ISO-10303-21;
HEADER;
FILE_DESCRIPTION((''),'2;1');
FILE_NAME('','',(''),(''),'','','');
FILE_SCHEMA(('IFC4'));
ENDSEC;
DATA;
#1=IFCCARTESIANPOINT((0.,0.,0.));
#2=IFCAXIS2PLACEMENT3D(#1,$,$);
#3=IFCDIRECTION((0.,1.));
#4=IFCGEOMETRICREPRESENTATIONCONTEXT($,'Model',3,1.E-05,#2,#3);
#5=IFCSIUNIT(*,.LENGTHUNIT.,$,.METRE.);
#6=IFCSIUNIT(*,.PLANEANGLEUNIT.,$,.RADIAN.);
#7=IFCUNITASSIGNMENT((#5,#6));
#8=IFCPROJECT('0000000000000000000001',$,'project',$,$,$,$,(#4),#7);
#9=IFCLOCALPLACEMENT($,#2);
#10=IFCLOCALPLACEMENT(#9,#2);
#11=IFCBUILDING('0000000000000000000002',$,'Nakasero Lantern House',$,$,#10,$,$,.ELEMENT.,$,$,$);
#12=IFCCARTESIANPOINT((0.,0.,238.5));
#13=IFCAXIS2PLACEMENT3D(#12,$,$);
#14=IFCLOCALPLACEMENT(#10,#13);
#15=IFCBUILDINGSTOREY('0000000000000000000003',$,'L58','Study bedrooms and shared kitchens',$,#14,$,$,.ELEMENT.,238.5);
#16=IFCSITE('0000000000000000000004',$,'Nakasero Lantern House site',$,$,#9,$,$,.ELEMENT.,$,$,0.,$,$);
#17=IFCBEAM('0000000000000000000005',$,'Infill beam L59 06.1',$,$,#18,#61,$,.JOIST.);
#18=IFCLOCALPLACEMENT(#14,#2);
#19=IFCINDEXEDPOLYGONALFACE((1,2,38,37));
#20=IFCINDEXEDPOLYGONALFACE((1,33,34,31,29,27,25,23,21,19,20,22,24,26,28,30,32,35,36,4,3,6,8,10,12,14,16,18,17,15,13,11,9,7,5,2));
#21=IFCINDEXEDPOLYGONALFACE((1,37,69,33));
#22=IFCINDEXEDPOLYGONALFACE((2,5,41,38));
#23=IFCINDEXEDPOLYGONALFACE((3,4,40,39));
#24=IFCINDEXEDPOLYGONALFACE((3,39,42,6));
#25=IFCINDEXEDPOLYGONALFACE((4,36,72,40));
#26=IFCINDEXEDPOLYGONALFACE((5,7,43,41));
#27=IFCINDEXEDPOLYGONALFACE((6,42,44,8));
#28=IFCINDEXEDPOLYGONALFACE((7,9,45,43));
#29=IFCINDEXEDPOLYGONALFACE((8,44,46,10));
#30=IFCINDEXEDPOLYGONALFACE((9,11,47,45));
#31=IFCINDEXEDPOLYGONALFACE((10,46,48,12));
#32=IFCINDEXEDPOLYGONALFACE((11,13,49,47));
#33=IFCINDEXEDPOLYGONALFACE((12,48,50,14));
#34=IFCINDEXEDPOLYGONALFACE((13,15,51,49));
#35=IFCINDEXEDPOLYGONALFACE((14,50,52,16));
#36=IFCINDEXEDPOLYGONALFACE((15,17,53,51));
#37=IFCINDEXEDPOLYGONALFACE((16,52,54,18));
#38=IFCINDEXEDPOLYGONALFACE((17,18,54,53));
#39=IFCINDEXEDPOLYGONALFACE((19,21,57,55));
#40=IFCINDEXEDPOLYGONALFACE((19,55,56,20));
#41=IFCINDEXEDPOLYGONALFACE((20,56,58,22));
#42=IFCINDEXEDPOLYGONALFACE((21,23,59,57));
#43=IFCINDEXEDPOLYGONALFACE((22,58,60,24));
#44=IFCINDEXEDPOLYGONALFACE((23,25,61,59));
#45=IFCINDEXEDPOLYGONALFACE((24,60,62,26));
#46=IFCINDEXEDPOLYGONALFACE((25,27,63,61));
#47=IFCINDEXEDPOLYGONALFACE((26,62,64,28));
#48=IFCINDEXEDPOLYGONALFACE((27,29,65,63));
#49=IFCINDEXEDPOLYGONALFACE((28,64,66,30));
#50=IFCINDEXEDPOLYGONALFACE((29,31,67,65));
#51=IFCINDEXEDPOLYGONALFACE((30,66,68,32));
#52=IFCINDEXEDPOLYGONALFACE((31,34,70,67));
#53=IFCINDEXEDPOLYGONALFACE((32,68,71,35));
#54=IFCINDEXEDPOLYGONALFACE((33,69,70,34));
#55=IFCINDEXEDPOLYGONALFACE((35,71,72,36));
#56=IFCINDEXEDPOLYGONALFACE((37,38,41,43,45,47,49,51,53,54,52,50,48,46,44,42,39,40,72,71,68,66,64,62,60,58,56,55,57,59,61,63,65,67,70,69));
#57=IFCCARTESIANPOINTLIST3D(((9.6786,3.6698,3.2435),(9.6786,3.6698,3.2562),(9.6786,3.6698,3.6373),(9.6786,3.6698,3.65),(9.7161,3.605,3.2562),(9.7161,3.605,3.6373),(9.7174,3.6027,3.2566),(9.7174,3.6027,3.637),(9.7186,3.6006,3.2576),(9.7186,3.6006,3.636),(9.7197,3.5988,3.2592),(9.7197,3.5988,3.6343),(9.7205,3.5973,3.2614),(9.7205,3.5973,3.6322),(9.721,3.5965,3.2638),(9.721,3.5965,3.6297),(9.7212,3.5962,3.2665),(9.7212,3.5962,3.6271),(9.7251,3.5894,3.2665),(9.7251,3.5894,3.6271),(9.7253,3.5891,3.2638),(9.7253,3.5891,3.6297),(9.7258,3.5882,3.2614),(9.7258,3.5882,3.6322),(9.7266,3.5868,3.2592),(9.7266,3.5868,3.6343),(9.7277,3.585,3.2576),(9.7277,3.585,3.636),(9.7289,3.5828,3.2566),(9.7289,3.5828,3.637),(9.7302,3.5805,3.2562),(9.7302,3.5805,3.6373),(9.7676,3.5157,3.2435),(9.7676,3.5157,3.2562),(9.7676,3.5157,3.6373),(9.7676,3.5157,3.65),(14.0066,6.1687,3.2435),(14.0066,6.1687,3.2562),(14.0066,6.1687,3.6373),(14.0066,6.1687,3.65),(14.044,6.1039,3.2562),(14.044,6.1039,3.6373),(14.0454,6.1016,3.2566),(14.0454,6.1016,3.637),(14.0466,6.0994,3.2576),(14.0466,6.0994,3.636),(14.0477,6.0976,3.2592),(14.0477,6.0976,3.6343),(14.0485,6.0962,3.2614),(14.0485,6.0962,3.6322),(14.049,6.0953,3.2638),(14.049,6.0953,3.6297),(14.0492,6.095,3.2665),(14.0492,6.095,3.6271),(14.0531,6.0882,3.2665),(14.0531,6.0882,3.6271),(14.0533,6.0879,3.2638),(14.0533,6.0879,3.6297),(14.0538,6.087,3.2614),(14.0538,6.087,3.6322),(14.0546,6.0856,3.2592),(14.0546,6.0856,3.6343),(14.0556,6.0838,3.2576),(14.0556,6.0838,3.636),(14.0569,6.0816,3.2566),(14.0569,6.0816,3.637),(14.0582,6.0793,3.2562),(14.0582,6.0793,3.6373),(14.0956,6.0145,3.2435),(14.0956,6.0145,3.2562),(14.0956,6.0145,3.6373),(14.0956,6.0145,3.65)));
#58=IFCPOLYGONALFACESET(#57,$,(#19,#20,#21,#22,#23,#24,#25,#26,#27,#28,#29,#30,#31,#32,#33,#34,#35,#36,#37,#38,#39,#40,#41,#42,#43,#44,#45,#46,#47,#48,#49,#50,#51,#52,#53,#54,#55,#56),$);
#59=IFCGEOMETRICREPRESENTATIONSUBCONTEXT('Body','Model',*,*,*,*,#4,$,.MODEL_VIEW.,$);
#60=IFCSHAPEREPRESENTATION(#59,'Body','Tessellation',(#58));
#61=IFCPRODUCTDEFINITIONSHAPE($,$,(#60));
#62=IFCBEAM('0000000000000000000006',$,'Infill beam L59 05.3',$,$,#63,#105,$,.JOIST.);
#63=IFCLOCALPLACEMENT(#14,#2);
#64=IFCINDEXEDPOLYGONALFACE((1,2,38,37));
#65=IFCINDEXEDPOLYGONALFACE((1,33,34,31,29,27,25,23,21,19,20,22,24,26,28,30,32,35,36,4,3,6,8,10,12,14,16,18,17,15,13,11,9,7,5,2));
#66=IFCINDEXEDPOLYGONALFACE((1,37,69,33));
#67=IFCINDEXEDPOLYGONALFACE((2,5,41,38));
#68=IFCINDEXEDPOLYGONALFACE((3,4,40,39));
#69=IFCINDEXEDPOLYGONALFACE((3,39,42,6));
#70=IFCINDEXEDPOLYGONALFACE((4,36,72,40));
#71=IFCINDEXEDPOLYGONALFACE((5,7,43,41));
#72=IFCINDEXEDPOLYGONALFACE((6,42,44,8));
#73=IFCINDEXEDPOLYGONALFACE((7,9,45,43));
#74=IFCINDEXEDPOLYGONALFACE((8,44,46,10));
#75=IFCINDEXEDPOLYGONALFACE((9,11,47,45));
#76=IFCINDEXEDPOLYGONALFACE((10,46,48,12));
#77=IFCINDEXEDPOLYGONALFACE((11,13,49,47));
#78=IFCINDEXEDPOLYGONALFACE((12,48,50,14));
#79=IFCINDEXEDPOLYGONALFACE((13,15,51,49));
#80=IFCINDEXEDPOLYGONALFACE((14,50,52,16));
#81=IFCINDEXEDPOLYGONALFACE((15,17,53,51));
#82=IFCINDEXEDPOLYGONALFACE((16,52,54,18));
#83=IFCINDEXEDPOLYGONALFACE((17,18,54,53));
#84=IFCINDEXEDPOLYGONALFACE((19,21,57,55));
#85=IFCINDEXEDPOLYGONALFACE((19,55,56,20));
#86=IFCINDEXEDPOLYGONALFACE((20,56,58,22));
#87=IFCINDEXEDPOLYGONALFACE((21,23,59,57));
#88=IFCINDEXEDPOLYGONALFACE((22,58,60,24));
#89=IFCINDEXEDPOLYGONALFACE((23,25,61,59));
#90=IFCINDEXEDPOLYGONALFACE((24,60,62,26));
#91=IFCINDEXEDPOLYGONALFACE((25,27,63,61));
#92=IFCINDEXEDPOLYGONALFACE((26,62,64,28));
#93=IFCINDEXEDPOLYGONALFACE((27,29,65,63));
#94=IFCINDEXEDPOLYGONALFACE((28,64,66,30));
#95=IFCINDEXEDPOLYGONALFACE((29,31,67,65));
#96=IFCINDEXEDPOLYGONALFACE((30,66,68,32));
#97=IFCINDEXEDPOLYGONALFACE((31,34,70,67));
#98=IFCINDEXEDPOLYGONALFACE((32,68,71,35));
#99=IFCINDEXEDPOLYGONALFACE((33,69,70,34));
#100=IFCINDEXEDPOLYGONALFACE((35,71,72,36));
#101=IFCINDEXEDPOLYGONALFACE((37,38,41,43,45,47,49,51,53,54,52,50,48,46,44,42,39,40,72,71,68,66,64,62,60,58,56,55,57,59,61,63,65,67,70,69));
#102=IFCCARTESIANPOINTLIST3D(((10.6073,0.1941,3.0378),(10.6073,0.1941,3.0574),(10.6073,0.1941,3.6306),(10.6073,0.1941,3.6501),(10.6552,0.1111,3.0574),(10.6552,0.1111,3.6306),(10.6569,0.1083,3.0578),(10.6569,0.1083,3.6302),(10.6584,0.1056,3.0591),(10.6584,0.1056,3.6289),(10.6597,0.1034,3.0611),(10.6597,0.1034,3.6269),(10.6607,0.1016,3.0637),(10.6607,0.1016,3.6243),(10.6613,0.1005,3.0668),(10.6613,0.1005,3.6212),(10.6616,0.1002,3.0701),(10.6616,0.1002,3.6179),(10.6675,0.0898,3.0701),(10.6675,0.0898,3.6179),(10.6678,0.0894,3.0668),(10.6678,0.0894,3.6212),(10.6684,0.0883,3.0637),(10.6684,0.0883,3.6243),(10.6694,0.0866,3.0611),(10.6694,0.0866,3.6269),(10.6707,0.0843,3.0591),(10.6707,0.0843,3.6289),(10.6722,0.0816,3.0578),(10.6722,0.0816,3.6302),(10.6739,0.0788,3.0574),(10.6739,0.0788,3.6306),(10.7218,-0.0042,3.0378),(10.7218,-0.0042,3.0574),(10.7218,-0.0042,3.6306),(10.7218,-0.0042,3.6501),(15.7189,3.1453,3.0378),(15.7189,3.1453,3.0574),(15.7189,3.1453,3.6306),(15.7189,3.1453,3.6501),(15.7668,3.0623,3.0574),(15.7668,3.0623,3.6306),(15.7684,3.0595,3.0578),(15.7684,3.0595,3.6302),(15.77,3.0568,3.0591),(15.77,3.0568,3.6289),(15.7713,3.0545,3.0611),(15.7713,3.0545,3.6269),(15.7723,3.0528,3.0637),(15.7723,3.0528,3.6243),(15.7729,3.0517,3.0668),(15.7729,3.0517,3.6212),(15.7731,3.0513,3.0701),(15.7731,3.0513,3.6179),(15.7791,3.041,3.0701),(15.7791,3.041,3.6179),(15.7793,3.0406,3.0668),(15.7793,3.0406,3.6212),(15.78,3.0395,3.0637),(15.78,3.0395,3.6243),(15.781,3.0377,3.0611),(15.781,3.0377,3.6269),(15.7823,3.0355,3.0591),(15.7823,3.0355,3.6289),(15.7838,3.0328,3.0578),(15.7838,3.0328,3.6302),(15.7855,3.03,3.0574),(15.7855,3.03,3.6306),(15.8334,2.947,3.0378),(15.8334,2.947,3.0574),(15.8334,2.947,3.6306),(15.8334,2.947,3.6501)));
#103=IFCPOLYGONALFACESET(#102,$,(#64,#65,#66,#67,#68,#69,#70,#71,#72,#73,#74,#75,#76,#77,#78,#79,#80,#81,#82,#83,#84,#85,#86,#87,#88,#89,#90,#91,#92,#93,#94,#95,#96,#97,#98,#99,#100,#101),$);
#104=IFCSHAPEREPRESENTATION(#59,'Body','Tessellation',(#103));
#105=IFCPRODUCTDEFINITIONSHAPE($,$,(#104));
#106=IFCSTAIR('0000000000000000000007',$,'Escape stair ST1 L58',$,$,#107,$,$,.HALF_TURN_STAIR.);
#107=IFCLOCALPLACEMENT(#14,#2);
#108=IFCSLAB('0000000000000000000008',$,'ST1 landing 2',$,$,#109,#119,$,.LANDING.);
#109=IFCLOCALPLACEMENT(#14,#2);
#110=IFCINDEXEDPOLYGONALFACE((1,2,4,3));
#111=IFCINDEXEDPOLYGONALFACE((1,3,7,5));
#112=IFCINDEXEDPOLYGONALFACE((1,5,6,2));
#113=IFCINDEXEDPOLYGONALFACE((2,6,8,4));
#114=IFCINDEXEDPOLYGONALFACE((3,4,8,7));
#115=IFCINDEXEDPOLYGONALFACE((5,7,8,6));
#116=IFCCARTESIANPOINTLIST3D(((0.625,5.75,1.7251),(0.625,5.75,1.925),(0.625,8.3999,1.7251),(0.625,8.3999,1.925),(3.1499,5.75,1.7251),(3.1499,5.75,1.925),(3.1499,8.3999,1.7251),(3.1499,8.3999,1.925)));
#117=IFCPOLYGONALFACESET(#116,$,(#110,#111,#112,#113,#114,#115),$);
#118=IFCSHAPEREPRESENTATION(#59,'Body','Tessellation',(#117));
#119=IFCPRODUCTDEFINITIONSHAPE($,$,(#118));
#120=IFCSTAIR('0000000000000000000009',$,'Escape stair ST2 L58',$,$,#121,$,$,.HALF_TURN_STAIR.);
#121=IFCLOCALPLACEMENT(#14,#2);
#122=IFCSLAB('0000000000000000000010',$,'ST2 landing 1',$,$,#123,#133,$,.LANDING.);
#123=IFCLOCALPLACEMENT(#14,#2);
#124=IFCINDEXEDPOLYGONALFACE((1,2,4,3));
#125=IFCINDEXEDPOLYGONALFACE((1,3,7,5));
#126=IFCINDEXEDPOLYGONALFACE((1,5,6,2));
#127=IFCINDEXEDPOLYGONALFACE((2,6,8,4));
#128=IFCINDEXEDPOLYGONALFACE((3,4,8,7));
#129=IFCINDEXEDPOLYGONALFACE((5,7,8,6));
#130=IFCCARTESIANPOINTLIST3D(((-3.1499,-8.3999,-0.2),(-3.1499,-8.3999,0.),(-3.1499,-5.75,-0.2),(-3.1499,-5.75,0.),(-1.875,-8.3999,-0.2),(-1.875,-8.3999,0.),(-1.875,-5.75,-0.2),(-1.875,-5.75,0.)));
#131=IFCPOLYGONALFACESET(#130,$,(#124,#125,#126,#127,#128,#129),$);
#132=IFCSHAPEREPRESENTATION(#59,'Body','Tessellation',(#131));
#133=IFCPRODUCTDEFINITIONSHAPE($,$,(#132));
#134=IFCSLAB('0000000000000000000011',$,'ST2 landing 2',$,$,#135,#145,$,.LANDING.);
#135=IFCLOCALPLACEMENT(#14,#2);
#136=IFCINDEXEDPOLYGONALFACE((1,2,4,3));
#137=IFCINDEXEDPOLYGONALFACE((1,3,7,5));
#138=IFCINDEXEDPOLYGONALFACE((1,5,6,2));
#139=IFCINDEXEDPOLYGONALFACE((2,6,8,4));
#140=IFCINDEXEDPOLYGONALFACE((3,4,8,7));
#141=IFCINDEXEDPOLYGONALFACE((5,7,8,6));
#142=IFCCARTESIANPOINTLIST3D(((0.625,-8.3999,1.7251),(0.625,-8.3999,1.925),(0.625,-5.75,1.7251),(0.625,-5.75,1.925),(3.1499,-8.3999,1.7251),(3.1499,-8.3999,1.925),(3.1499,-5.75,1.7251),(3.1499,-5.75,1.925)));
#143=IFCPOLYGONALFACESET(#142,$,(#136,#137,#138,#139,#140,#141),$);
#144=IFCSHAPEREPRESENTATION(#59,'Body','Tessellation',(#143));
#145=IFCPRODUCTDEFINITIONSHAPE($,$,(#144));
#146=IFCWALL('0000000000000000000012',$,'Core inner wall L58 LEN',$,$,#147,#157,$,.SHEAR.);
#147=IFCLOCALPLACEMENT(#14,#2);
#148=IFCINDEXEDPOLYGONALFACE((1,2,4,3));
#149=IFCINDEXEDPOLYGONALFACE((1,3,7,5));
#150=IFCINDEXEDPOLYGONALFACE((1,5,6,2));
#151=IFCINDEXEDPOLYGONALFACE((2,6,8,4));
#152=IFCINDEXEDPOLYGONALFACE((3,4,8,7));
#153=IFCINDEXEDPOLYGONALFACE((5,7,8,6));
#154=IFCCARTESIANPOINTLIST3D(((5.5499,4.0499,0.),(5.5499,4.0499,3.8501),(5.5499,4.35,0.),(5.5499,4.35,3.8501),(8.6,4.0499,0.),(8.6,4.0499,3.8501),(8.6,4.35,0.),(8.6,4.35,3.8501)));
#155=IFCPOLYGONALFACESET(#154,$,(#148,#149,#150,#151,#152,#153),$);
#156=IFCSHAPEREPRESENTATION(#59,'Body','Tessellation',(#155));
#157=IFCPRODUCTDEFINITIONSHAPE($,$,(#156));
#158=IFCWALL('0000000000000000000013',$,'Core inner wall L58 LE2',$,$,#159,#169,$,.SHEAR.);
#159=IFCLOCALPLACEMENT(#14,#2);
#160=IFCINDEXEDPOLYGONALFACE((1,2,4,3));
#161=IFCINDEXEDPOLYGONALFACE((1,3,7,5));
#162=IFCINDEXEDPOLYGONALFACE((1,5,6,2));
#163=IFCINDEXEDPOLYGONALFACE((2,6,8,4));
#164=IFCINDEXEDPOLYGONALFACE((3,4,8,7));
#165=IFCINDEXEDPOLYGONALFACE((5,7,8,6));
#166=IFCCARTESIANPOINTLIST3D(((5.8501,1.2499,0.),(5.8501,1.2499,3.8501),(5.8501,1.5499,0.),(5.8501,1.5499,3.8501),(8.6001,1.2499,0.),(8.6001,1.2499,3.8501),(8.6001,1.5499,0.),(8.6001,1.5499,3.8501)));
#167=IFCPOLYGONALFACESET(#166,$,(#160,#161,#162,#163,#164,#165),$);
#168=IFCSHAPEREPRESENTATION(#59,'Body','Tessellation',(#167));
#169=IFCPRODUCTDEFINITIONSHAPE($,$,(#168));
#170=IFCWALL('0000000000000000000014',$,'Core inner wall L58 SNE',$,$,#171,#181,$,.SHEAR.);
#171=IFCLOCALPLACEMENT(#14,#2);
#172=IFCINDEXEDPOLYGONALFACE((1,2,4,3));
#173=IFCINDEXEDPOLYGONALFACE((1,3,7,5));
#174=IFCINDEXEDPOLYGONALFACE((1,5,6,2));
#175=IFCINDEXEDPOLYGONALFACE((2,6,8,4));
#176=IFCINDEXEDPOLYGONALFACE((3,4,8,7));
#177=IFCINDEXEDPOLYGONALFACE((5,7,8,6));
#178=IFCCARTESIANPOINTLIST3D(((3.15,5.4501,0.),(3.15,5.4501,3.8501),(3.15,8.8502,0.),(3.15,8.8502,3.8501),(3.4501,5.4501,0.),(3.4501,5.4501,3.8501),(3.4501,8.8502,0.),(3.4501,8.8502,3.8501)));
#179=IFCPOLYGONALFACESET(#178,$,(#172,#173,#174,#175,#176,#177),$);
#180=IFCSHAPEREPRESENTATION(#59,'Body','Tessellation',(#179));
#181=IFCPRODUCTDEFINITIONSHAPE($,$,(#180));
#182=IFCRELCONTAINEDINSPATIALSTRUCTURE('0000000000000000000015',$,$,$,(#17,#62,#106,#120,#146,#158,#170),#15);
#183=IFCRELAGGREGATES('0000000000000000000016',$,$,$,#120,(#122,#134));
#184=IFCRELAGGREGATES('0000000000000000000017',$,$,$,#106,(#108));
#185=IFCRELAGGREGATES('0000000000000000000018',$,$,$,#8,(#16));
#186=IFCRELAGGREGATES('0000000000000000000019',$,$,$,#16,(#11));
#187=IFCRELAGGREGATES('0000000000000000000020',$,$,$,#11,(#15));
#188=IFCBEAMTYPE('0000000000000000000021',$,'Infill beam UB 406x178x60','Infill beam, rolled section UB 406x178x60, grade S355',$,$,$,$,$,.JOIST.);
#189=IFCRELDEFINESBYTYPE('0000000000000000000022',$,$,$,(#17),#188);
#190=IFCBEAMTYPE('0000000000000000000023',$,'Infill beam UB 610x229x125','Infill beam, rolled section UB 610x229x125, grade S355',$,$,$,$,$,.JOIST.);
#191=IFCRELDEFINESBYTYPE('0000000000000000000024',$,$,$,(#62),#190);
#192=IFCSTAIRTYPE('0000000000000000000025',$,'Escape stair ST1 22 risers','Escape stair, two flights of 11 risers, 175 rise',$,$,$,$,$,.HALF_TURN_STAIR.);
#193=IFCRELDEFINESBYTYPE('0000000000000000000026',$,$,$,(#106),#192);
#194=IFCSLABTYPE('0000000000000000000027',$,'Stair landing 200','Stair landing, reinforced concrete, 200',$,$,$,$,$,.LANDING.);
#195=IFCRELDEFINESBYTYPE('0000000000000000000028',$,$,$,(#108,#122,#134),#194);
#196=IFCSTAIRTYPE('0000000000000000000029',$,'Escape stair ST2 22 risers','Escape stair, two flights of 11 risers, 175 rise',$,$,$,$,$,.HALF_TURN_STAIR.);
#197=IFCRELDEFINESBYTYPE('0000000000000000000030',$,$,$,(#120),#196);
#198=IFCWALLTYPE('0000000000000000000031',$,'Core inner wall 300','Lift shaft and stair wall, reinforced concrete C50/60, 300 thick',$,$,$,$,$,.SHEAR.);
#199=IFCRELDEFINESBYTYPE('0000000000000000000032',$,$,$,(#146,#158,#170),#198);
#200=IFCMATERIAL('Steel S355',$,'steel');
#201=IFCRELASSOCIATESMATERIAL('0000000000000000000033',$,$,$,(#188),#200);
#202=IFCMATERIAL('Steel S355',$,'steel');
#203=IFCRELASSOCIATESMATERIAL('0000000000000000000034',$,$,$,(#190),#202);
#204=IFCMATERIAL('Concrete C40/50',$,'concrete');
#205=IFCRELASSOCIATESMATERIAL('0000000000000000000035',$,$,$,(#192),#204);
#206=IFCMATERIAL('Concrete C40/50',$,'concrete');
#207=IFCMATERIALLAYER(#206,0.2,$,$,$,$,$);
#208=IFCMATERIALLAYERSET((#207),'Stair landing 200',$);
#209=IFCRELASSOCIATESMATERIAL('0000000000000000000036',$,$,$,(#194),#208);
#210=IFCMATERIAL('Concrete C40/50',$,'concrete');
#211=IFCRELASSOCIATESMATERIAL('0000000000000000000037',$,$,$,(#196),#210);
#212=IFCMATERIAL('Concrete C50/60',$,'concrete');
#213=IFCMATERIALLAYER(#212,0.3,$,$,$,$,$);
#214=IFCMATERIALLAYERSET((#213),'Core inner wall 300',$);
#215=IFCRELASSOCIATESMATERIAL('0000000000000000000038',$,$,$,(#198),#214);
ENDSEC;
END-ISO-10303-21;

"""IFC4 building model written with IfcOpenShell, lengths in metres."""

from ifc_helpers import new_model, si_unit, direction, frame, frame_2d, origin, origin_2d, place, context, subcontext, project, spatial, polyline, rectangle, i_section, outline, extrude, material, layer, layer_set, material_profile, profile_set, type_object, element, aggregate, save


model = new_model("IFC4")

# Units and contexts
model_context = context("Model", 3, precision=1e-05, world=origin(), true_north=direction((0.0, 1.0)))
body_context = subcontext(model_context, "Body", "Model", "MODEL_VIEW")
ifc_project = project(units=[si_unit("LENGTHUNIT", "METRE"), si_unit("PLANEANGLEUNIT", "RADIAN")], contexts=[model_context])

# Site, building, storey
site_placement = place(None, origin())
site = spatial("IfcSite", under=ifc_project, at=site_placement, Name="Nakasero Lantern House site", CompositionType="ELEMENT", RefElevation=0.0)
building_placement = place(site_placement, origin())
building = spatial("IfcBuilding", under=site, at=building_placement, Name="Nakasero Lantern House", CompositionType="ELEMENT")
storey_placement = place(building_placement, frame((0.0, 0.0, 238.5)))
storey = spatial("IfcBuildingStorey", under=building, at=storey_placement, Name="L58", Description="Study bedrooms and shared kitchens", CompositionType="ELEMENT", Elevation=238.5)

# Beams
ifc_material_1 = material(Name="Steel S355", Category="steel")
ifc_material_profile_1 = material_profile(ifc_material_1, i_section(OverallWidth=0.178, OverallDepth=0.4065, WebThickness=0.0078, FlangeThickness=0.0127, FilletRadius=0.0103, at=origin_2d()), Name="UB 406x178x60")
ifc_profile_set_1 = profile_set([ifc_material_profile_1], Name="Steel S355")
beam_type_1 = type_object("IfcBeamType", Name="Infill beam UB 406x178x60", Description="Infill beam, rolled section UB 406x178x60, grade S355", PredefinedType="JOIST", material=ifc_profile_set_1)
beam_1_placement = place(storey_placement, frame((9.7231, 3.5928, 3.4468), z_axis=(0.866019, 0.500011, 0.0), x_axis=(-0.500011, 0.866019, 0.0)))
element("IfcBeam", 1, at=beam_1_placement, inside=storey, type_object=beam_type_1, Name="Infill beam L59 06.1", PredefinedType="JOIST", context=body_context, shape_type="SweptSolid", body=[
    extrude(i_section(OverallWidth=0.178, OverallDepth=0.4065, WebThickness=0.0078, FlangeThickness=0.0127, FilletRadius=0.0103, at=origin_2d()), origin(), (0.0, 0.0, 1.0), 4.9976),
])
ifc_material_2 = material(Name="Steel S355", Category="steel")
ifc_material_profile_2 = material_profile(ifc_material_2, i_section(OverallWidth=0.229, OverallDepth=0.6123, WebThickness=0.012, FlangeThickness=0.0195, FilletRadius=0.0127, at=origin_2d()), Name="UB 610x229x125")
ifc_profile_set_2 = profile_set([ifc_material_profile_2], Name="Steel S355")
beam_type_2 = type_object("IfcBeamType", Name="Infill beam UB 610x229x125", Description="Infill beam, rolled section UB 610x229x125, grade S355", PredefinedType="JOIST", material=ifc_profile_set_2)
beam_2_placement = place(storey_placement, frame((10.6646, 0.095, 3.344), z_axis=(0.866025, 0.500001, 0.0), x_axis=(-0.500001, 0.866025, 0.0)))
element("IfcBeam", 2, at=beam_2_placement, inside=storey, type_object=beam_type_2, Name="Infill beam L59 05.3", PredefinedType="JOIST", context=body_context, shape_type="SweptSolid", body=[
    extrude(i_section(OverallWidth=0.229, OverallDepth=0.6123, WebThickness=0.012, FlangeThickness=0.0195, FilletRadius=0.0127, at=origin_2d()), origin(), (0.0, 0.0, 1.0), 5.9023),
])

# Stair, slab
ifc_material_3 = material(Name="Concrete C40/50", Category="concrete")
stair_type_1 = type_object("IfcStairType", Name="Escape stair ST1 22 risers", Description="Escape stair, two flights of 11 risers, 175 rise", PredefinedType="HALF_TURN_STAIR", material=ifc_material_3)
stair_1_placement = place(storey_placement, origin())
stair_1 = element("IfcStair", 3, at=stair_1_placement, inside=storey, type_object=stair_type_1, Name="Escape stair ST1 L58", PredefinedType="HALF_TURN_STAIR")
ifc_material_4 = material(Name="Concrete C40/50", Category="concrete")
ifc_layer_1 = layer(ifc_material_4, 0.2)
ifc_layer_set_1 = layer_set([ifc_layer_1], Name="Stair landing 200")
slab_type = type_object("IfcSlabType", Name="Stair landing 200", Description="Stair landing, reinforced concrete, 200", PredefinedType="LANDING", material=ifc_layer_set_1)
slab_1_placement = place(storey_placement, frame((0.0, 0.0, 1.7251)))
slab_1 = element("IfcSlab", 4, at=slab_1_placement, type_object=slab_type, Name="ST1 landing 2", PredefinedType="LANDING", context=body_context, shape_type="SweptSolid", body=[
    extrude(outline(polyline([(0.625, 5.75), (3.1499, 5.75), (3.1499, 8.3999), (0.625, 8.3999), (0.625, 5.75)])), origin(), (0.0, 0.0, 1.0), 0.2),
])

# Stair, slabs
ifc_material_5 = material(Name="Concrete C40/50", Category="concrete")
stair_type_2 = type_object("IfcStairType", Name="Escape stair ST2 22 risers", Description="Escape stair, two flights of 11 risers, 175 rise", PredefinedType="HALF_TURN_STAIR", material=ifc_material_5)
stair_2_placement = place(storey_placement, origin())
stair_2 = element("IfcStair", 5, at=stair_2_placement, inside=storey, type_object=stair_type_2, Name="Escape stair ST2 L58", PredefinedType="HALF_TURN_STAIR")
slab_2_placement = place(storey_placement, frame((0.0, 0.0, -0.2)))
slab_2 = element("IfcSlab", 6, at=slab_2_placement, type_object=slab_type, Name="ST2 landing 1", PredefinedType="LANDING", context=body_context, shape_type="SweptSolid", body=[
    extrude(outline(polyline([(-3.1499, -8.3999), (-1.875, -8.3999), (-1.875, -5.75), (-3.1499, -5.75), (-3.1499, -8.3999)])), origin(), (0.0, 0.0, 1.0), 0.2),
])
slab_3_placement = place(storey_placement, frame((0.0, 0.0, 1.7251)))
slab_3 = element("IfcSlab", 7, at=slab_3_placement, type_object=slab_type, Name="ST2 landing 2", PredefinedType="LANDING", context=body_context, shape_type="SweptSolid", body=[
    extrude(outline(polyline([(0.625, -8.3999), (3.1499, -8.3999), (3.1499, -5.75), (0.625, -5.75), (0.625, -8.3999)])), origin(), (0.0, 0.0, 1.0), 0.2),
])
aggregate(stair_2, [slab_2, slab_3])

# Walls
ifc_material_6 = material(Name="Concrete C50/60", Category="concrete")
ifc_layer_2 = layer(ifc_material_6, 0.3)
ifc_layer_set_2 = layer_set([ifc_layer_2], Name="Core inner wall 300")
wall_type_1 = type_object("IfcWallType", Name="Core inner wall 300", Description="Lift shaft and stair wall, reinforced concrete C50/60, 300 thick", PredefinedType="SHEAR", material=ifc_layer_set_2)
wall_1_placement = place(storey_placement, frame((5.55, 4.2, 0.0), z_axis=(0.0, 0.0, 1.0), x_axis=(1.0, 0.0, 0.0)))
element("IfcWall", 8, at=wall_1_placement, inside=storey, type_object=wall_type_1, Name="Core inner wall L58 LEN", PredefinedType="SHEAR", context=body_context, shape_type="SweptSolid", body=[
    extrude(rectangle(XDim=3.05, YDim=0.3, at=frame_2d((1.5249, 0.0))), origin(), (0.0, 0.0, 1.0), 3.8501),
])
wall_2_placement = place(storey_placement, frame((5.8501, 1.3999, 0.0), z_axis=(0.0, 0.0, 1.0), x_axis=(1.0, 0.0, 0.0)))
element("IfcWall", 9, at=wall_2_placement, inside=storey, type_object=wall_type_1, Name="Core inner wall L58 LE2", PredefinedType="SHEAR", context=body_context, shape_type="SweptSolid", body=[
    extrude(rectangle(XDim=2.75, YDim=0.3, at=frame_2d((1.375, 0.0))), origin(), (0.0, 0.0, 1.0), 3.8501),
])
wall_3_placement = place(storey_placement, frame((3.3, 5.45, 0.0), z_axis=(0.0, 0.0, 1.0), x_axis=(0.0, 1.0, 0.0)))
element("IfcWall", 10, at=wall_3_placement, inside=storey, type_object=wall_type_1, Name="Core inner wall L58 SNE", PredefinedType="SHEAR", context=body_context, shape_type="SweptSolid", body=[
    extrude(rectangle(XDim=3.4001, YDim=0.3, at=frame_2d((1.7002, 0.0))), origin(), (0.0, 0.0, 1.0), 3.8501),
])

aggregate(stair_1, [slab_1])

save(model, "model.ifc")
